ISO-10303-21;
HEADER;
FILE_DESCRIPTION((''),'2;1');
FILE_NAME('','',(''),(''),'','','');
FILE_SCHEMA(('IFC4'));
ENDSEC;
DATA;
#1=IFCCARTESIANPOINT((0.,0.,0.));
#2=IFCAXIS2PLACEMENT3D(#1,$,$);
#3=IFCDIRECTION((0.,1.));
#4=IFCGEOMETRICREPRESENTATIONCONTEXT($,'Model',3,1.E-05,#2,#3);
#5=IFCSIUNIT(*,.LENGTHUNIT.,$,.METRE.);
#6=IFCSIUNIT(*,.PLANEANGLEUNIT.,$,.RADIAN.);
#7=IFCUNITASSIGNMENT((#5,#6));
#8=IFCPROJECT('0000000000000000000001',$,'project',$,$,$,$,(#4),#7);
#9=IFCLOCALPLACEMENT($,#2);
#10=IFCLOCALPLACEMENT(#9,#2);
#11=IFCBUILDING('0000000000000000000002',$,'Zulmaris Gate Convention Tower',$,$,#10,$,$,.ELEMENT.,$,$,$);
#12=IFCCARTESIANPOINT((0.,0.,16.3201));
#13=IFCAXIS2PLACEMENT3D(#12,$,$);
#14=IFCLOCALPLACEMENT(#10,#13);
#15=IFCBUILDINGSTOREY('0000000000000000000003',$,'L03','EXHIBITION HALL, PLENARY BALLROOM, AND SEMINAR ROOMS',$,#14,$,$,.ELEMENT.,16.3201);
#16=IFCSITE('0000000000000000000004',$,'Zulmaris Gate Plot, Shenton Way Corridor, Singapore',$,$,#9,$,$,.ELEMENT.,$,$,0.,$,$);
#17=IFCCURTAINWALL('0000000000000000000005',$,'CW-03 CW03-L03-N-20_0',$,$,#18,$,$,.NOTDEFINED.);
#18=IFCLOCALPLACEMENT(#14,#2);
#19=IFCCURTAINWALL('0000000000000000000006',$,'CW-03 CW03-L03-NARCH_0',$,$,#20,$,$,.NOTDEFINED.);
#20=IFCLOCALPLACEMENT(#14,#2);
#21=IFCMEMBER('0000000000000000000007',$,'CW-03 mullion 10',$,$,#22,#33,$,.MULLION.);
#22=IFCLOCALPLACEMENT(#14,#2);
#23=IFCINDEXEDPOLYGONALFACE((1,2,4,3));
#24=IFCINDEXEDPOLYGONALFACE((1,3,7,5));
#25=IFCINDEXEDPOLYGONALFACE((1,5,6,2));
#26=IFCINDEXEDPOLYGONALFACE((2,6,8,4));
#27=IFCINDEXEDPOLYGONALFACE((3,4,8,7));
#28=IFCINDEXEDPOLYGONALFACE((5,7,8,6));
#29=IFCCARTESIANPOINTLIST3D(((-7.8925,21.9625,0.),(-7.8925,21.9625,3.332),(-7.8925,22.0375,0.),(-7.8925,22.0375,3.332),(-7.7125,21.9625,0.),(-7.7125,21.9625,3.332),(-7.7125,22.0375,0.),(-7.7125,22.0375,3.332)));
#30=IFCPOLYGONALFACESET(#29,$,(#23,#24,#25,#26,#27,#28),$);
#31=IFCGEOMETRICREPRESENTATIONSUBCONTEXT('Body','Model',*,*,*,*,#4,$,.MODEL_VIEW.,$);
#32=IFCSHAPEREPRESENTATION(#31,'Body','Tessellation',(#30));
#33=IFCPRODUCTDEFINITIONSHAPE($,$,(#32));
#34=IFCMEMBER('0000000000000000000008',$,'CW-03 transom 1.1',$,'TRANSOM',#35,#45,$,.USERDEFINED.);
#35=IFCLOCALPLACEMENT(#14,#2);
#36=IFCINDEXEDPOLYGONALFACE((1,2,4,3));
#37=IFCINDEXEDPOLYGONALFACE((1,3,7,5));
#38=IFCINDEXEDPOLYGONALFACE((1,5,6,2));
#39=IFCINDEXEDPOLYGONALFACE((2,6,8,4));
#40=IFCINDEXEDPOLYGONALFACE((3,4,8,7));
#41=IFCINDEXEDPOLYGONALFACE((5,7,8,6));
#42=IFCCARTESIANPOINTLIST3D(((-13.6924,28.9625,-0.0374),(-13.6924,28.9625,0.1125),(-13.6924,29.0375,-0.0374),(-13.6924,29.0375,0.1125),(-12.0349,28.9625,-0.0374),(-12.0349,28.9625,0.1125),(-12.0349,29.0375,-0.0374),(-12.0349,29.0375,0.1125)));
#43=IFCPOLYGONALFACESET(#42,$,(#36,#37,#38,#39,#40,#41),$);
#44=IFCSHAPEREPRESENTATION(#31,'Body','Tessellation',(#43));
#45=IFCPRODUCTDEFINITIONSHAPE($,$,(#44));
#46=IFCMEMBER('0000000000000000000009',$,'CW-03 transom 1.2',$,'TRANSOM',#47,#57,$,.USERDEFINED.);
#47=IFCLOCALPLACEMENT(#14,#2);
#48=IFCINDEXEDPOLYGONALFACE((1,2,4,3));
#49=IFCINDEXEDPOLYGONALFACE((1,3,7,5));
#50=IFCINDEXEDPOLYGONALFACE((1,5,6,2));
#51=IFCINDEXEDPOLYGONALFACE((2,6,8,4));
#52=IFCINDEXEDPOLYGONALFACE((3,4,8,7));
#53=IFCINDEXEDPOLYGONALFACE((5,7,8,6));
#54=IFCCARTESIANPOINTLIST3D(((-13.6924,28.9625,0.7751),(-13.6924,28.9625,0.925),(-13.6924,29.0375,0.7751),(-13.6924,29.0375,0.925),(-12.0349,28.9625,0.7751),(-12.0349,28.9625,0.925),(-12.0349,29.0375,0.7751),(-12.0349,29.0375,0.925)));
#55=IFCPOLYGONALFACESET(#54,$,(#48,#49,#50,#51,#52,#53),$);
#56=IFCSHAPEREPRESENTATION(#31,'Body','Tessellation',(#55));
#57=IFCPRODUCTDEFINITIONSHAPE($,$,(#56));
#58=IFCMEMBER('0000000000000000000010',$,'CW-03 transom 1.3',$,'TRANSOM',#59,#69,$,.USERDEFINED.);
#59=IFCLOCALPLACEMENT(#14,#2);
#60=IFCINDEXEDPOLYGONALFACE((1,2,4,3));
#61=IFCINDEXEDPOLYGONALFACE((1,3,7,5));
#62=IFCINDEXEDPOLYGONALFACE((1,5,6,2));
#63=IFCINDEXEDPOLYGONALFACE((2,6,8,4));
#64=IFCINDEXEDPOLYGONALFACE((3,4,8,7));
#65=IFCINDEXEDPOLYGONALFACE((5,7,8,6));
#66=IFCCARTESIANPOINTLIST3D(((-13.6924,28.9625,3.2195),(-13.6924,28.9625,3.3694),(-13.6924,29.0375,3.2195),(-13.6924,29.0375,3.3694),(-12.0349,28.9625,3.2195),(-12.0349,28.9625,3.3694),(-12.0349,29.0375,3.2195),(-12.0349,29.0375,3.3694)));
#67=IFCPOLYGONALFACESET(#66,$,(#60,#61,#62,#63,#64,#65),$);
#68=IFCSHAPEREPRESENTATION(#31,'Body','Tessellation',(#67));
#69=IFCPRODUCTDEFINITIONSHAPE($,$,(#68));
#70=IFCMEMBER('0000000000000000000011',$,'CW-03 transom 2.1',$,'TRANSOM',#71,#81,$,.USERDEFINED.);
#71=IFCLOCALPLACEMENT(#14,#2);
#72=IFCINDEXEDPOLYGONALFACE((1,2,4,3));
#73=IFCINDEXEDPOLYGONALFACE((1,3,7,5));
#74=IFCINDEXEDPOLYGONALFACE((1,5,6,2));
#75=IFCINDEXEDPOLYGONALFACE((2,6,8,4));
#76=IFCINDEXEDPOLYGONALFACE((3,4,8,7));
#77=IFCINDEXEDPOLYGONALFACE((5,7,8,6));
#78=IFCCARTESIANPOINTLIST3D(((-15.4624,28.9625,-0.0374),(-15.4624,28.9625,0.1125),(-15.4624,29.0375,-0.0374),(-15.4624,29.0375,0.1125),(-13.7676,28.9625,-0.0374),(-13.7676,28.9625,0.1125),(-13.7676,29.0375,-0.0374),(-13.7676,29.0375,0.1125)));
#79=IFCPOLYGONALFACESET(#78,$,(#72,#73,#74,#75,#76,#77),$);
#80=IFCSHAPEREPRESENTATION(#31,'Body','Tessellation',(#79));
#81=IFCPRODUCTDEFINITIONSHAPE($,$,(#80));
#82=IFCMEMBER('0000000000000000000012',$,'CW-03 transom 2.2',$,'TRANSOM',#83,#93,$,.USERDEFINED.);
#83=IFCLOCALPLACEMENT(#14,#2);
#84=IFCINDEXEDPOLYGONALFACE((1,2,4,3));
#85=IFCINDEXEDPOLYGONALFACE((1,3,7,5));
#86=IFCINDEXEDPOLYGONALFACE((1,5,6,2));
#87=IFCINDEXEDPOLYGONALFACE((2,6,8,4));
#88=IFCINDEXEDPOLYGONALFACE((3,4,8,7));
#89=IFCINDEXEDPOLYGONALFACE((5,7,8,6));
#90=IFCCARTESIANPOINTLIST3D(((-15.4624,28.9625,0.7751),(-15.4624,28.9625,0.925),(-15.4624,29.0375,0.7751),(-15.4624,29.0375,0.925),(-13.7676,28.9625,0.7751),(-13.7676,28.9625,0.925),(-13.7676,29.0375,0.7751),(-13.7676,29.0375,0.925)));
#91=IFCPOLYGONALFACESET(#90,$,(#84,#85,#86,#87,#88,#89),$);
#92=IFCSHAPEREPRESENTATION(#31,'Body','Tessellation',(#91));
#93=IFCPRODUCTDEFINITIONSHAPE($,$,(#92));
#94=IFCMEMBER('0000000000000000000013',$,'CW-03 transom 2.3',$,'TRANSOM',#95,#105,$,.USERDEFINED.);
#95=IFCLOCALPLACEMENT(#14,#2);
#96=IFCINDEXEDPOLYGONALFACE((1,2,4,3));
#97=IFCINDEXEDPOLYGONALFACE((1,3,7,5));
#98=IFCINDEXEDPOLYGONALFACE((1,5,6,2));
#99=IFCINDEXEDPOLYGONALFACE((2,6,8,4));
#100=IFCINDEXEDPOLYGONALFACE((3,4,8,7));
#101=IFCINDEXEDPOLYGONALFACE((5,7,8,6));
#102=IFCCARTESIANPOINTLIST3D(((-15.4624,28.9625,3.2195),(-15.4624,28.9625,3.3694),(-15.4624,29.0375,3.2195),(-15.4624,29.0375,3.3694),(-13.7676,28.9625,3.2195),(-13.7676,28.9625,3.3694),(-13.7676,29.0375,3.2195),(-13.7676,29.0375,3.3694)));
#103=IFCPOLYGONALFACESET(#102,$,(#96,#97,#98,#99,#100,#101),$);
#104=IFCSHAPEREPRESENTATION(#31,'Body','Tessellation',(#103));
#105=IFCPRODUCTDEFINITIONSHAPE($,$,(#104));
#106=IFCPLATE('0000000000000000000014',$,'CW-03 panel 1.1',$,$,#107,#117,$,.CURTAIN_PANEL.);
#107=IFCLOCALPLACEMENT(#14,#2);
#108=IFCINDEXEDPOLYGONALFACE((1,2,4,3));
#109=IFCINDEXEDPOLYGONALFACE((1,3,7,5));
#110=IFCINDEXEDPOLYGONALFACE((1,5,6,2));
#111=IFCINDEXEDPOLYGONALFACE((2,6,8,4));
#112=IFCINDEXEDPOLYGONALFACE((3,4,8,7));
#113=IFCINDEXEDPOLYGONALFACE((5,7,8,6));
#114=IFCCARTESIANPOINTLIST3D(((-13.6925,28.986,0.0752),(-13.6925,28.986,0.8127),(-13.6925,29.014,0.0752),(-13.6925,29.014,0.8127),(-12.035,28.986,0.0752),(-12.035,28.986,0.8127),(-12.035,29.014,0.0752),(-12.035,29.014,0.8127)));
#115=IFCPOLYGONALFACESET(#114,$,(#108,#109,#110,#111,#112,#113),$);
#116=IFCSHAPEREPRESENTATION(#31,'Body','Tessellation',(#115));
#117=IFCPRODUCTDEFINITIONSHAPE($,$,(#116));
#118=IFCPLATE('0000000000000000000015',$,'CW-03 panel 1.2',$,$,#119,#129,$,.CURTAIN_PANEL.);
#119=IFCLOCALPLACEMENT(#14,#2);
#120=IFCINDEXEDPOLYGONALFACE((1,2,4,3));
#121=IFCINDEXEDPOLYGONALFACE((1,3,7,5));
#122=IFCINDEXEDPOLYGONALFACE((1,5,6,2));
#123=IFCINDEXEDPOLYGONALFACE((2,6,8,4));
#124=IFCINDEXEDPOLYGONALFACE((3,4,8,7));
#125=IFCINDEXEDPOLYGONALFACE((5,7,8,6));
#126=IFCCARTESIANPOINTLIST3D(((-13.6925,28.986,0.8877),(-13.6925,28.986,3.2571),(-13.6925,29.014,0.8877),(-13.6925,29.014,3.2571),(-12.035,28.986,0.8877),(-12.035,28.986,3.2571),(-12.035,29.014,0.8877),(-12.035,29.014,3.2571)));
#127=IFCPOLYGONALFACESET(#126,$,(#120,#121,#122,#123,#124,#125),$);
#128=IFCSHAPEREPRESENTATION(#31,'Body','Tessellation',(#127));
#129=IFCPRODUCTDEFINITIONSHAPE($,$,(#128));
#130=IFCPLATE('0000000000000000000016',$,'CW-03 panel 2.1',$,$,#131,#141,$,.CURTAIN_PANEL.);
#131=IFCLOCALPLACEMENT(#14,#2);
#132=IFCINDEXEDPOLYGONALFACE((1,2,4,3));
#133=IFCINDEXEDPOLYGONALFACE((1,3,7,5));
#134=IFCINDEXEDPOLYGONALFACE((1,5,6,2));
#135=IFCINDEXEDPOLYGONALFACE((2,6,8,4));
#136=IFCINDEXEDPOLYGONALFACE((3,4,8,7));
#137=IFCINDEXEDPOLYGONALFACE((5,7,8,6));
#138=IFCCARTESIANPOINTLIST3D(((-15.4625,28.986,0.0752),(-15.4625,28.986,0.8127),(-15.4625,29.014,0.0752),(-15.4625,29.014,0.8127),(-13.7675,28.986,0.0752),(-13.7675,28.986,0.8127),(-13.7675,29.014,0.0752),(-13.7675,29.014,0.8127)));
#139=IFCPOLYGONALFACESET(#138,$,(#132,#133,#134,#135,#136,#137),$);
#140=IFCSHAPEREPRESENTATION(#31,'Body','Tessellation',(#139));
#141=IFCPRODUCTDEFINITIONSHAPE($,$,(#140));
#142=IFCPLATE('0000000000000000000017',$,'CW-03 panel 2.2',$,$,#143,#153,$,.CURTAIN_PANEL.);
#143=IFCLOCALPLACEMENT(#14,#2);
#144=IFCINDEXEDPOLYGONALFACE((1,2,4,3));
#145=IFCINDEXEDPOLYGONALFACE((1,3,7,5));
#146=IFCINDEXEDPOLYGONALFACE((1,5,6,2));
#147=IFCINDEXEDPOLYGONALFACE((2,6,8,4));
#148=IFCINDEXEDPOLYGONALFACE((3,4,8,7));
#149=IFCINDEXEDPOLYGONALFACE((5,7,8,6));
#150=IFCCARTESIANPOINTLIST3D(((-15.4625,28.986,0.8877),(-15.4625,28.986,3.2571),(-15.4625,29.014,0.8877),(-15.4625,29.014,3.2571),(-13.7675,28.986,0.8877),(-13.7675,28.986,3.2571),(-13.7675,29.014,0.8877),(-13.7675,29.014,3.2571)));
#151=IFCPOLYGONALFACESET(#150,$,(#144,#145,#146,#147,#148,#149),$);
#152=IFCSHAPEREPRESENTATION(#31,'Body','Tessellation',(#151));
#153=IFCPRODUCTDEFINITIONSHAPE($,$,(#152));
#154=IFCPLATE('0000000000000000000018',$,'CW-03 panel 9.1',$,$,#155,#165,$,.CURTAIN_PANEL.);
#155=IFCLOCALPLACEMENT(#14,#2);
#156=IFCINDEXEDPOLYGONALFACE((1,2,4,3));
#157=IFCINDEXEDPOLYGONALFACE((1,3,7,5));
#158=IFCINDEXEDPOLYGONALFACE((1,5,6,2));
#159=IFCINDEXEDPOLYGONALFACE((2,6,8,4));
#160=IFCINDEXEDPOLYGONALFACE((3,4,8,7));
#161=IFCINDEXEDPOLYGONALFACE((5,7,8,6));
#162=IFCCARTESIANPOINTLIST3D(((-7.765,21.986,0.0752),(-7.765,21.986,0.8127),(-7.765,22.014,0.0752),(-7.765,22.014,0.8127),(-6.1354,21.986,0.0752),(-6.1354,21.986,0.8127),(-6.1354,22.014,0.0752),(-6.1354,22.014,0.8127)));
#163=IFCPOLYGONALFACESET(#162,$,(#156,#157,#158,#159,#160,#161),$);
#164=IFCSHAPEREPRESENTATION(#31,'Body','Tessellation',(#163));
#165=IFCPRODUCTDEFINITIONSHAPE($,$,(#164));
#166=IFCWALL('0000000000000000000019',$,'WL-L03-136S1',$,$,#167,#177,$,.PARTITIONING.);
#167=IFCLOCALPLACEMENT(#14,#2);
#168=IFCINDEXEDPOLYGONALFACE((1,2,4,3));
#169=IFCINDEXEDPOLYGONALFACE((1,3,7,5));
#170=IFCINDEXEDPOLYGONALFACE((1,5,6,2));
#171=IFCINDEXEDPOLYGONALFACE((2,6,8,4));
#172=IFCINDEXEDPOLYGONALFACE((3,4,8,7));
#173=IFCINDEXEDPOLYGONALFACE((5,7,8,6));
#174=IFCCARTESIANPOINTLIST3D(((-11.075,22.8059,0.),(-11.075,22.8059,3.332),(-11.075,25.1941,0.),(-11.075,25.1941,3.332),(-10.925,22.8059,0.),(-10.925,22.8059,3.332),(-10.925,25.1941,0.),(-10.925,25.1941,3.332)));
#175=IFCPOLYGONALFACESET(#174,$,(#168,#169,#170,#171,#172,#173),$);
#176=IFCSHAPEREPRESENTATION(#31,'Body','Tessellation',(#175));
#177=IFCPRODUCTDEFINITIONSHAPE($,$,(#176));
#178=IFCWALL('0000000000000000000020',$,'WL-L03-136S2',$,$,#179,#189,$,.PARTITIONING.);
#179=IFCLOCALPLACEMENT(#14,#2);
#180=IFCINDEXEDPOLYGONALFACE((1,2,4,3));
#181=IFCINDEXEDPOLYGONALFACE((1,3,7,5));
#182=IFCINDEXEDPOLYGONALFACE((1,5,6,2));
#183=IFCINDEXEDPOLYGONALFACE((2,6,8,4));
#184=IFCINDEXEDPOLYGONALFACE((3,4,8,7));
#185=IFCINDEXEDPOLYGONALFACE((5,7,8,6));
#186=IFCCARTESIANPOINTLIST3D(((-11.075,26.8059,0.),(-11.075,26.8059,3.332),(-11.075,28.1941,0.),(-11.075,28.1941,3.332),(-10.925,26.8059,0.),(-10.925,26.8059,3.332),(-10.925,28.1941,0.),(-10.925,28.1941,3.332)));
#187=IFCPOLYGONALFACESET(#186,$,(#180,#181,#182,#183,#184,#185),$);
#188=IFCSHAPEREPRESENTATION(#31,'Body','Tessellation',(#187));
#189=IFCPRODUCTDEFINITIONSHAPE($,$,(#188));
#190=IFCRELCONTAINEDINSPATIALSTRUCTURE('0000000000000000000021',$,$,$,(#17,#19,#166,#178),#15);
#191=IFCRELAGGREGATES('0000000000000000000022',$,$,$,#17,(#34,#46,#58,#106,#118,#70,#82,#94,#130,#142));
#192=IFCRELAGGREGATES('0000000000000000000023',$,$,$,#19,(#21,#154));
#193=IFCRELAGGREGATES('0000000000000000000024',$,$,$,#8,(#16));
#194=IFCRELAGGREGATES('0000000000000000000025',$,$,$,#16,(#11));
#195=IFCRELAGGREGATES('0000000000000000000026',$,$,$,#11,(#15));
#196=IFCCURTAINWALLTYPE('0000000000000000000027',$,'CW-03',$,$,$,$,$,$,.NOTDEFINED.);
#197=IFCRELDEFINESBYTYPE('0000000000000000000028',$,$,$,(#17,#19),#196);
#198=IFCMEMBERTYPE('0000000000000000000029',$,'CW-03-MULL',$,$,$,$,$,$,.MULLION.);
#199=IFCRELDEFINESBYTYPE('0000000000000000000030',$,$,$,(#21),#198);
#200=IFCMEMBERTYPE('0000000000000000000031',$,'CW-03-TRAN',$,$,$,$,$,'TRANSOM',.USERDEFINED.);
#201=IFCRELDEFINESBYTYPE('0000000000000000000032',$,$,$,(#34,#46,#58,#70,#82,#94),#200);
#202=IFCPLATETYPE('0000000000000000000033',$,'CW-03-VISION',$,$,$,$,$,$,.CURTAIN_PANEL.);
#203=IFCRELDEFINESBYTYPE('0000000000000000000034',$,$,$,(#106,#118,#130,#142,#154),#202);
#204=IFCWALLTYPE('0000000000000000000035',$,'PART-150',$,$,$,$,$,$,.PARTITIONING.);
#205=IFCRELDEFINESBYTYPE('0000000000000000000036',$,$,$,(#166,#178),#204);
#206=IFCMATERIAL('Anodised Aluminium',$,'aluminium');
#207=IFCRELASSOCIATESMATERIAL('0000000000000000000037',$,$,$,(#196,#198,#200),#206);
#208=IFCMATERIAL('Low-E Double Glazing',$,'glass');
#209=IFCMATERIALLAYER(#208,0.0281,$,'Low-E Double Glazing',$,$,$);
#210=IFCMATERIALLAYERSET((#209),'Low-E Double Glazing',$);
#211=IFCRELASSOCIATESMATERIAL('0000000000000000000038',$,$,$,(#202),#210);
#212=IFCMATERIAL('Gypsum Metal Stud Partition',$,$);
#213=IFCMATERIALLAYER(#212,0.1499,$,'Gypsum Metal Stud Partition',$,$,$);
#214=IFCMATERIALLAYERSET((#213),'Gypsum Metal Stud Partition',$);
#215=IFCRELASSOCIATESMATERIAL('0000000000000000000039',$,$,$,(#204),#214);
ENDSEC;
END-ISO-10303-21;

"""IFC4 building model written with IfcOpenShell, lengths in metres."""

from ifc_helpers import new_model, si_unit, direction, frame, frame_2d, origin, origin_2d, place, context, subcontext, project, spatial, rectangle, extrude, material, layer, layer_set, material_profile, profile_set, type_object, element, aggregate, save


model = new_model("IFC4")

# Units and contexts
model_context = context("Model", 3, precision=1e-05, world=origin(), true_north=direction((0.0, 1.0)))
body_context = subcontext(model_context, "Body", "Model", "MODEL_VIEW")
ifc_project = project(units=[si_unit("LENGTHUNIT", "METRE"), si_unit("PLANEANGLEUNIT", "RADIAN")], contexts=[model_context])

# Site, building, storey
site_placement = place(None, origin())
site = spatial("IfcSite", under=ifc_project, at=site_placement, Name="Zulmaris Gate Plot, Shenton Way Corridor, Singapore", CompositionType="ELEMENT", RefElevation=0.0)
building_placement = place(site_placement, origin())
building = spatial("IfcBuilding", under=site, at=building_placement, Name="Zulmaris Gate Convention Tower", CompositionType="ELEMENT")
storey_placement = place(building_placement, frame((0.0, 0.0, 16.3201)))
storey = spatial("IfcBuildingStorey", under=building, at=storey_placement, Name="L03", Description="EXHIBITION HALL, PLENARY BALLROOM, AND SEMINAR ROOMS", CompositionType="ELEMENT", Elevation=16.3201)

# Curtain wall
ifc_material_1 = material(Name="Anodised Aluminium", Category="aluminium")
curtain_wall_type = type_object("IfcCurtainWallType", Name="CW-03", PredefinedType="NOTDEFINED", material=ifc_material_1)
curtain_wall_1_placement = place(storey_placement, origin())
curtain_wall_1 = element("IfcCurtainWall", 1, at=curtain_wall_1_placement, inside=storey, type_object=curtain_wall_type, Name="CW-03 CW03-L03-N-20_0", PredefinedType="NOTDEFINED")
ifc_material_profile_1 = material_profile(ifc_material_1, rectangle(XDim=0.075, YDim=0.1799, at=origin_2d()), Name="ALU MULLION 75x180")
ifc_profile_set_1 = profile_set([ifc_material_profile_1], Name="Anodised Aluminium")
member_type_1 = type_object("IfcMemberType", Name="CW-03-MULL", PredefinedType="MULLION", material=ifc_profile_set_1)

# Curtain wall, member
curtain_wall_2_placement = place(storey_placement, origin())
curtain_wall_2 = element("IfcCurtainWall", 2, at=curtain_wall_2_placement, inside=storey, type_object=curtain_wall_type, Name="CW-03 CW03-L03-NARCH_0", PredefinedType="NOTDEFINED")
member_1_placement = place(storey_placement, frame((-7.8025, 22.0, 0.0), z_axis=(0.0, 0.0, 1.0), x_axis=(0.0, -1.0, 0.0)))
member_1 = element("IfcMember", 3, at=member_1_placement, type_object=member_type_1, Name="CW-03 mullion 10", PredefinedType="MULLION", context=body_context, shape_type="SweptSolid", body=[
    extrude(rectangle(XDim=0.075, YDim=0.1799, at=origin_2d()), origin(), (0.0, 0.0, 1.0), 3.332),
])

# Members
ifc_material_profile_2 = material_profile(ifc_material_1, rectangle(XDim=0.075, YDim=0.1499, at=origin_2d()), Name="ALU TRANSOM 75x150")
ifc_profile_set_2 = profile_set([ifc_material_profile_2], Name="Anodised Aluminium")
member_type_2 = type_object("IfcMemberType", Name="CW-03-TRAN", ElementType="TRANSOM", PredefinedType="USERDEFINED", material=ifc_profile_set_2)
member_2_placement = place(storey_placement, frame((-12.0349, 29.0, 0.0376), z_axis=(-1.0, 0.0, 0.0), x_axis=(0.0, -1.0, 0.0)))
member_2 = element("IfcMember", 4, at=member_2_placement, type_object=member_type_2, Name="CW-03 transom 1.1", ObjectType="TRANSOM", PredefinedType="USERDEFINED", context=body_context, shape_type="SweptSolid", body=[
    extrude(rectangle(XDim=0.075, YDim=0.1499, at=origin_2d()), origin(), (0.0, 0.0, 1.0), 1.6575),
])
member_3_placement = place(storey_placement, frame((-12.0349, 29.0, 0.8501), z_axis=(-1.0, 0.0, 0.0), x_axis=(0.0, -1.0, 0.0)))
member_3 = element("IfcMember", 5, at=member_3_placement, type_object=member_type_2, Name="CW-03 transom 1.2", ObjectType="TRANSOM", PredefinedType="USERDEFINED", context=body_context, shape_type="SweptSolid", body=[
    extrude(rectangle(XDim=0.075, YDim=0.1499, at=origin_2d()), origin(), (0.0, 0.0, 1.0), 1.6575),
])
member_4_placement = place(storey_placement, frame((-12.0349, 29.0, 3.2944), z_axis=(-1.0, 0.0, 0.0), x_axis=(0.0, -1.0, 0.0)))
member_4 = element("IfcMember", 6, at=member_4_placement, type_object=member_type_2, Name="CW-03 transom 1.3", ObjectType="TRANSOM", PredefinedType="USERDEFINED", context=body_context, shape_type="SweptSolid", body=[
    extrude(rectangle(XDim=0.075, YDim=0.1499, at=origin_2d()), origin(), (0.0, 0.0, 1.0), 1.6575),
])
member_5_placement = place(storey_placement, frame((-13.7676, 29.0, 0.0376), z_axis=(-1.0, 0.0, 0.0), x_axis=(0.0, -1.0, 0.0)))
member_5 = element("IfcMember", 7, at=member_5_placement, type_object=member_type_2, Name="CW-03 transom 2.1", ObjectType="TRANSOM", PredefinedType="USERDEFINED", context=body_context, shape_type="SweptSolid", body=[
    extrude(rectangle(XDim=0.075, YDim=0.1499, at=origin_2d()), origin(), (0.0, 0.0, 1.0), 1.6948),
])
member_6_placement = place(storey_placement, frame((-13.7676, 29.0, 0.8501), z_axis=(-1.0, 0.0, 0.0), x_axis=(0.0, -1.0, 0.0)))
member_6 = element("IfcMember", 8, at=member_6_placement, type_object=member_type_2, Name="CW-03 transom 2.2", ObjectType="TRANSOM", PredefinedType="USERDEFINED", context=body_context, shape_type="SweptSolid", body=[
    extrude(rectangle(XDim=0.075, YDim=0.1499, at=origin_2d()), origin(), (0.0, 0.0, 1.0), 1.6948),
])
member_7_placement = place(storey_placement, frame((-13.7676, 29.0, 3.2944), z_axis=(-1.0, 0.0, 0.0), x_axis=(0.0, -1.0, 0.0)))
member_7 = element("IfcMember", 9, at=member_7_placement, type_object=member_type_2, Name="CW-03 transom 2.3", ObjectType="TRANSOM", PredefinedType="USERDEFINED", context=body_context, shape_type="SweptSolid", body=[
    extrude(rectangle(XDim=0.075, YDim=0.1499, at=origin_2d()), origin(), (0.0, 0.0, 1.0), 1.6948),
])

# Plates
ifc_material_2 = material(Name="Low-E Double Glazing", Category="glass")
ifc_layer_1 = layer(ifc_material_2, 0.0281, Name="Low-E Double Glazing")
ifc_layer_set_1 = layer_set([ifc_layer_1], Name="Low-E Double Glazing")
plate_type = type_object("IfcPlateType", Name="CW-03-VISION", PredefinedType="CURTAIN_PANEL", material=ifc_layer_set_1)
plate_1_placement = place(storey_placement, frame((-12.8638, 29.0, 0.0752), z_axis=(0.0, 0.0, 1.0), x_axis=(-1.0, 0.0, 0.0)))
plate_1 = element("IfcPlate", 10, at=plate_1_placement, type_object=plate_type, Name="CW-03 panel 1.1", PredefinedType="CURTAIN_PANEL", context=body_context, shape_type="SweptSolid", body=[
    extrude(rectangle(XDim=1.6575, YDim=0.0281, at=origin_2d()), origin(), (0.0, 0.0, 1.0), 0.7375),
])
plate_2_placement = place(storey_placement, frame((-12.8638, 29.0, 0.8877), z_axis=(0.0, 0.0, 1.0), x_axis=(-1.0, 0.0, 0.0)))
plate_2 = element("IfcPlate", 11, at=plate_2_placement, type_object=plate_type, Name="CW-03 panel 1.2", PredefinedType="CURTAIN_PANEL", context=body_context, shape_type="SweptSolid", body=[
    extrude(rectangle(XDim=1.6575, YDim=0.0281, at=origin_2d()), origin(), (0.0, 0.0, 1.0), 2.3694),
])
plate_3_placement = place(storey_placement, frame((-14.615, 29.0, 0.0752), z_axis=(0.0, 0.0, 1.0), x_axis=(-1.0, 0.0, 0.0)))
plate_3 = element("IfcPlate", 12, at=plate_3_placement, type_object=plate_type, Name="CW-03 panel 2.1", PredefinedType="CURTAIN_PANEL", context=body_context, shape_type="SweptSolid", body=[
    extrude(rectangle(XDim=1.6951, YDim=0.0281, at=origin_2d()), origin(), (0.0, 0.0, 1.0), 0.7375),
])
plate_4_placement = place(storey_placement, frame((-14.615, 29.0, 0.8877), z_axis=(0.0, 0.0, 1.0), x_axis=(-1.0, 0.0, 0.0)))
plate_4 = element("IfcPlate", 13, at=plate_4_placement, type_object=plate_type, Name="CW-03 panel 2.2", PredefinedType="CURTAIN_PANEL", context=body_context, shape_type="SweptSolid", body=[
    extrude(rectangle(XDim=1.6951, YDim=0.0281, at=origin_2d()), origin(), (0.0, 0.0, 1.0), 2.3694),
])
aggregate(curtain_wall_1, [member_2, member_3, member_4, plate_1, plate_2, member_5, member_6, member_7, plate_3, plate_4])
plate_5_placement = place(storey_placement, frame((-6.9502, 22.0, 0.0752), z_axis=(0.0, 0.0, 1.0), x_axis=(-1.0, 0.0, 0.0)))
plate_5 = element("IfcPlate", 14, at=plate_5_placement, type_object=plate_type, Name="CW-03 panel 9.1", PredefinedType="CURTAIN_PANEL", context=body_context, shape_type="SweptSolid", body=[
    extrude(rectangle(XDim=1.6296, YDim=0.0281, at=origin_2d()), origin(), (0.0, 0.0, 1.0), 0.7375),
])
aggregate(curtain_wall_2, [member_1, plate_5])

# Walls
ifc_material_3 = material(Name="Gypsum Metal Stud Partition")
ifc_layer_2 = layer(ifc_material_3, 0.1499, Name="Gypsum Metal Stud Partition")
ifc_layer_set_2 = layer_set([ifc_layer_2], Name="Gypsum Metal Stud Partition")
wall_type_1 = type_object("IfcWallType", Name="PART-150", PredefinedType="PARTITIONING", material=ifc_layer_set_2)
wall_1_placement = place(storey_placement, frame((-11.0, 22.8059, 0.0), z_axis=(0.0, 0.0, 1.0), x_axis=(0.0, 1.0, 0.0)))
element("IfcWall", 15, at=wall_1_placement, inside=storey, type_object=wall_type_1, Name="WL-L03-136S1", PredefinedType="PARTITIONING", context=body_context, shape_type="SweptSolid", body=[
    extrude(rectangle(XDim=2.3882, YDim=0.1499, at=frame_2d((1.1941, 0.0))), origin(), (0.0, 0.0, 1.0), 3.332),
])
wall_2_placement = place(storey_placement, frame((-11.0, 26.8059, 0.0), z_axis=(0.0, 0.0, 1.0), x_axis=(0.0, 1.0, 0.0)))
element("IfcWall", 16, at=wall_2_placement, inside=storey, type_object=wall_type_1, Name="WL-L03-136S2", PredefinedType="PARTITIONING", context=body_context, shape_type="SweptSolid", body=[
    extrude(rectangle(XDim=1.3882, YDim=0.1499, at=frame_2d((0.6941, 0.0))), origin(), (0.0, 0.0, 1.0), 3.332),
])

save(model, "model.ifc")
